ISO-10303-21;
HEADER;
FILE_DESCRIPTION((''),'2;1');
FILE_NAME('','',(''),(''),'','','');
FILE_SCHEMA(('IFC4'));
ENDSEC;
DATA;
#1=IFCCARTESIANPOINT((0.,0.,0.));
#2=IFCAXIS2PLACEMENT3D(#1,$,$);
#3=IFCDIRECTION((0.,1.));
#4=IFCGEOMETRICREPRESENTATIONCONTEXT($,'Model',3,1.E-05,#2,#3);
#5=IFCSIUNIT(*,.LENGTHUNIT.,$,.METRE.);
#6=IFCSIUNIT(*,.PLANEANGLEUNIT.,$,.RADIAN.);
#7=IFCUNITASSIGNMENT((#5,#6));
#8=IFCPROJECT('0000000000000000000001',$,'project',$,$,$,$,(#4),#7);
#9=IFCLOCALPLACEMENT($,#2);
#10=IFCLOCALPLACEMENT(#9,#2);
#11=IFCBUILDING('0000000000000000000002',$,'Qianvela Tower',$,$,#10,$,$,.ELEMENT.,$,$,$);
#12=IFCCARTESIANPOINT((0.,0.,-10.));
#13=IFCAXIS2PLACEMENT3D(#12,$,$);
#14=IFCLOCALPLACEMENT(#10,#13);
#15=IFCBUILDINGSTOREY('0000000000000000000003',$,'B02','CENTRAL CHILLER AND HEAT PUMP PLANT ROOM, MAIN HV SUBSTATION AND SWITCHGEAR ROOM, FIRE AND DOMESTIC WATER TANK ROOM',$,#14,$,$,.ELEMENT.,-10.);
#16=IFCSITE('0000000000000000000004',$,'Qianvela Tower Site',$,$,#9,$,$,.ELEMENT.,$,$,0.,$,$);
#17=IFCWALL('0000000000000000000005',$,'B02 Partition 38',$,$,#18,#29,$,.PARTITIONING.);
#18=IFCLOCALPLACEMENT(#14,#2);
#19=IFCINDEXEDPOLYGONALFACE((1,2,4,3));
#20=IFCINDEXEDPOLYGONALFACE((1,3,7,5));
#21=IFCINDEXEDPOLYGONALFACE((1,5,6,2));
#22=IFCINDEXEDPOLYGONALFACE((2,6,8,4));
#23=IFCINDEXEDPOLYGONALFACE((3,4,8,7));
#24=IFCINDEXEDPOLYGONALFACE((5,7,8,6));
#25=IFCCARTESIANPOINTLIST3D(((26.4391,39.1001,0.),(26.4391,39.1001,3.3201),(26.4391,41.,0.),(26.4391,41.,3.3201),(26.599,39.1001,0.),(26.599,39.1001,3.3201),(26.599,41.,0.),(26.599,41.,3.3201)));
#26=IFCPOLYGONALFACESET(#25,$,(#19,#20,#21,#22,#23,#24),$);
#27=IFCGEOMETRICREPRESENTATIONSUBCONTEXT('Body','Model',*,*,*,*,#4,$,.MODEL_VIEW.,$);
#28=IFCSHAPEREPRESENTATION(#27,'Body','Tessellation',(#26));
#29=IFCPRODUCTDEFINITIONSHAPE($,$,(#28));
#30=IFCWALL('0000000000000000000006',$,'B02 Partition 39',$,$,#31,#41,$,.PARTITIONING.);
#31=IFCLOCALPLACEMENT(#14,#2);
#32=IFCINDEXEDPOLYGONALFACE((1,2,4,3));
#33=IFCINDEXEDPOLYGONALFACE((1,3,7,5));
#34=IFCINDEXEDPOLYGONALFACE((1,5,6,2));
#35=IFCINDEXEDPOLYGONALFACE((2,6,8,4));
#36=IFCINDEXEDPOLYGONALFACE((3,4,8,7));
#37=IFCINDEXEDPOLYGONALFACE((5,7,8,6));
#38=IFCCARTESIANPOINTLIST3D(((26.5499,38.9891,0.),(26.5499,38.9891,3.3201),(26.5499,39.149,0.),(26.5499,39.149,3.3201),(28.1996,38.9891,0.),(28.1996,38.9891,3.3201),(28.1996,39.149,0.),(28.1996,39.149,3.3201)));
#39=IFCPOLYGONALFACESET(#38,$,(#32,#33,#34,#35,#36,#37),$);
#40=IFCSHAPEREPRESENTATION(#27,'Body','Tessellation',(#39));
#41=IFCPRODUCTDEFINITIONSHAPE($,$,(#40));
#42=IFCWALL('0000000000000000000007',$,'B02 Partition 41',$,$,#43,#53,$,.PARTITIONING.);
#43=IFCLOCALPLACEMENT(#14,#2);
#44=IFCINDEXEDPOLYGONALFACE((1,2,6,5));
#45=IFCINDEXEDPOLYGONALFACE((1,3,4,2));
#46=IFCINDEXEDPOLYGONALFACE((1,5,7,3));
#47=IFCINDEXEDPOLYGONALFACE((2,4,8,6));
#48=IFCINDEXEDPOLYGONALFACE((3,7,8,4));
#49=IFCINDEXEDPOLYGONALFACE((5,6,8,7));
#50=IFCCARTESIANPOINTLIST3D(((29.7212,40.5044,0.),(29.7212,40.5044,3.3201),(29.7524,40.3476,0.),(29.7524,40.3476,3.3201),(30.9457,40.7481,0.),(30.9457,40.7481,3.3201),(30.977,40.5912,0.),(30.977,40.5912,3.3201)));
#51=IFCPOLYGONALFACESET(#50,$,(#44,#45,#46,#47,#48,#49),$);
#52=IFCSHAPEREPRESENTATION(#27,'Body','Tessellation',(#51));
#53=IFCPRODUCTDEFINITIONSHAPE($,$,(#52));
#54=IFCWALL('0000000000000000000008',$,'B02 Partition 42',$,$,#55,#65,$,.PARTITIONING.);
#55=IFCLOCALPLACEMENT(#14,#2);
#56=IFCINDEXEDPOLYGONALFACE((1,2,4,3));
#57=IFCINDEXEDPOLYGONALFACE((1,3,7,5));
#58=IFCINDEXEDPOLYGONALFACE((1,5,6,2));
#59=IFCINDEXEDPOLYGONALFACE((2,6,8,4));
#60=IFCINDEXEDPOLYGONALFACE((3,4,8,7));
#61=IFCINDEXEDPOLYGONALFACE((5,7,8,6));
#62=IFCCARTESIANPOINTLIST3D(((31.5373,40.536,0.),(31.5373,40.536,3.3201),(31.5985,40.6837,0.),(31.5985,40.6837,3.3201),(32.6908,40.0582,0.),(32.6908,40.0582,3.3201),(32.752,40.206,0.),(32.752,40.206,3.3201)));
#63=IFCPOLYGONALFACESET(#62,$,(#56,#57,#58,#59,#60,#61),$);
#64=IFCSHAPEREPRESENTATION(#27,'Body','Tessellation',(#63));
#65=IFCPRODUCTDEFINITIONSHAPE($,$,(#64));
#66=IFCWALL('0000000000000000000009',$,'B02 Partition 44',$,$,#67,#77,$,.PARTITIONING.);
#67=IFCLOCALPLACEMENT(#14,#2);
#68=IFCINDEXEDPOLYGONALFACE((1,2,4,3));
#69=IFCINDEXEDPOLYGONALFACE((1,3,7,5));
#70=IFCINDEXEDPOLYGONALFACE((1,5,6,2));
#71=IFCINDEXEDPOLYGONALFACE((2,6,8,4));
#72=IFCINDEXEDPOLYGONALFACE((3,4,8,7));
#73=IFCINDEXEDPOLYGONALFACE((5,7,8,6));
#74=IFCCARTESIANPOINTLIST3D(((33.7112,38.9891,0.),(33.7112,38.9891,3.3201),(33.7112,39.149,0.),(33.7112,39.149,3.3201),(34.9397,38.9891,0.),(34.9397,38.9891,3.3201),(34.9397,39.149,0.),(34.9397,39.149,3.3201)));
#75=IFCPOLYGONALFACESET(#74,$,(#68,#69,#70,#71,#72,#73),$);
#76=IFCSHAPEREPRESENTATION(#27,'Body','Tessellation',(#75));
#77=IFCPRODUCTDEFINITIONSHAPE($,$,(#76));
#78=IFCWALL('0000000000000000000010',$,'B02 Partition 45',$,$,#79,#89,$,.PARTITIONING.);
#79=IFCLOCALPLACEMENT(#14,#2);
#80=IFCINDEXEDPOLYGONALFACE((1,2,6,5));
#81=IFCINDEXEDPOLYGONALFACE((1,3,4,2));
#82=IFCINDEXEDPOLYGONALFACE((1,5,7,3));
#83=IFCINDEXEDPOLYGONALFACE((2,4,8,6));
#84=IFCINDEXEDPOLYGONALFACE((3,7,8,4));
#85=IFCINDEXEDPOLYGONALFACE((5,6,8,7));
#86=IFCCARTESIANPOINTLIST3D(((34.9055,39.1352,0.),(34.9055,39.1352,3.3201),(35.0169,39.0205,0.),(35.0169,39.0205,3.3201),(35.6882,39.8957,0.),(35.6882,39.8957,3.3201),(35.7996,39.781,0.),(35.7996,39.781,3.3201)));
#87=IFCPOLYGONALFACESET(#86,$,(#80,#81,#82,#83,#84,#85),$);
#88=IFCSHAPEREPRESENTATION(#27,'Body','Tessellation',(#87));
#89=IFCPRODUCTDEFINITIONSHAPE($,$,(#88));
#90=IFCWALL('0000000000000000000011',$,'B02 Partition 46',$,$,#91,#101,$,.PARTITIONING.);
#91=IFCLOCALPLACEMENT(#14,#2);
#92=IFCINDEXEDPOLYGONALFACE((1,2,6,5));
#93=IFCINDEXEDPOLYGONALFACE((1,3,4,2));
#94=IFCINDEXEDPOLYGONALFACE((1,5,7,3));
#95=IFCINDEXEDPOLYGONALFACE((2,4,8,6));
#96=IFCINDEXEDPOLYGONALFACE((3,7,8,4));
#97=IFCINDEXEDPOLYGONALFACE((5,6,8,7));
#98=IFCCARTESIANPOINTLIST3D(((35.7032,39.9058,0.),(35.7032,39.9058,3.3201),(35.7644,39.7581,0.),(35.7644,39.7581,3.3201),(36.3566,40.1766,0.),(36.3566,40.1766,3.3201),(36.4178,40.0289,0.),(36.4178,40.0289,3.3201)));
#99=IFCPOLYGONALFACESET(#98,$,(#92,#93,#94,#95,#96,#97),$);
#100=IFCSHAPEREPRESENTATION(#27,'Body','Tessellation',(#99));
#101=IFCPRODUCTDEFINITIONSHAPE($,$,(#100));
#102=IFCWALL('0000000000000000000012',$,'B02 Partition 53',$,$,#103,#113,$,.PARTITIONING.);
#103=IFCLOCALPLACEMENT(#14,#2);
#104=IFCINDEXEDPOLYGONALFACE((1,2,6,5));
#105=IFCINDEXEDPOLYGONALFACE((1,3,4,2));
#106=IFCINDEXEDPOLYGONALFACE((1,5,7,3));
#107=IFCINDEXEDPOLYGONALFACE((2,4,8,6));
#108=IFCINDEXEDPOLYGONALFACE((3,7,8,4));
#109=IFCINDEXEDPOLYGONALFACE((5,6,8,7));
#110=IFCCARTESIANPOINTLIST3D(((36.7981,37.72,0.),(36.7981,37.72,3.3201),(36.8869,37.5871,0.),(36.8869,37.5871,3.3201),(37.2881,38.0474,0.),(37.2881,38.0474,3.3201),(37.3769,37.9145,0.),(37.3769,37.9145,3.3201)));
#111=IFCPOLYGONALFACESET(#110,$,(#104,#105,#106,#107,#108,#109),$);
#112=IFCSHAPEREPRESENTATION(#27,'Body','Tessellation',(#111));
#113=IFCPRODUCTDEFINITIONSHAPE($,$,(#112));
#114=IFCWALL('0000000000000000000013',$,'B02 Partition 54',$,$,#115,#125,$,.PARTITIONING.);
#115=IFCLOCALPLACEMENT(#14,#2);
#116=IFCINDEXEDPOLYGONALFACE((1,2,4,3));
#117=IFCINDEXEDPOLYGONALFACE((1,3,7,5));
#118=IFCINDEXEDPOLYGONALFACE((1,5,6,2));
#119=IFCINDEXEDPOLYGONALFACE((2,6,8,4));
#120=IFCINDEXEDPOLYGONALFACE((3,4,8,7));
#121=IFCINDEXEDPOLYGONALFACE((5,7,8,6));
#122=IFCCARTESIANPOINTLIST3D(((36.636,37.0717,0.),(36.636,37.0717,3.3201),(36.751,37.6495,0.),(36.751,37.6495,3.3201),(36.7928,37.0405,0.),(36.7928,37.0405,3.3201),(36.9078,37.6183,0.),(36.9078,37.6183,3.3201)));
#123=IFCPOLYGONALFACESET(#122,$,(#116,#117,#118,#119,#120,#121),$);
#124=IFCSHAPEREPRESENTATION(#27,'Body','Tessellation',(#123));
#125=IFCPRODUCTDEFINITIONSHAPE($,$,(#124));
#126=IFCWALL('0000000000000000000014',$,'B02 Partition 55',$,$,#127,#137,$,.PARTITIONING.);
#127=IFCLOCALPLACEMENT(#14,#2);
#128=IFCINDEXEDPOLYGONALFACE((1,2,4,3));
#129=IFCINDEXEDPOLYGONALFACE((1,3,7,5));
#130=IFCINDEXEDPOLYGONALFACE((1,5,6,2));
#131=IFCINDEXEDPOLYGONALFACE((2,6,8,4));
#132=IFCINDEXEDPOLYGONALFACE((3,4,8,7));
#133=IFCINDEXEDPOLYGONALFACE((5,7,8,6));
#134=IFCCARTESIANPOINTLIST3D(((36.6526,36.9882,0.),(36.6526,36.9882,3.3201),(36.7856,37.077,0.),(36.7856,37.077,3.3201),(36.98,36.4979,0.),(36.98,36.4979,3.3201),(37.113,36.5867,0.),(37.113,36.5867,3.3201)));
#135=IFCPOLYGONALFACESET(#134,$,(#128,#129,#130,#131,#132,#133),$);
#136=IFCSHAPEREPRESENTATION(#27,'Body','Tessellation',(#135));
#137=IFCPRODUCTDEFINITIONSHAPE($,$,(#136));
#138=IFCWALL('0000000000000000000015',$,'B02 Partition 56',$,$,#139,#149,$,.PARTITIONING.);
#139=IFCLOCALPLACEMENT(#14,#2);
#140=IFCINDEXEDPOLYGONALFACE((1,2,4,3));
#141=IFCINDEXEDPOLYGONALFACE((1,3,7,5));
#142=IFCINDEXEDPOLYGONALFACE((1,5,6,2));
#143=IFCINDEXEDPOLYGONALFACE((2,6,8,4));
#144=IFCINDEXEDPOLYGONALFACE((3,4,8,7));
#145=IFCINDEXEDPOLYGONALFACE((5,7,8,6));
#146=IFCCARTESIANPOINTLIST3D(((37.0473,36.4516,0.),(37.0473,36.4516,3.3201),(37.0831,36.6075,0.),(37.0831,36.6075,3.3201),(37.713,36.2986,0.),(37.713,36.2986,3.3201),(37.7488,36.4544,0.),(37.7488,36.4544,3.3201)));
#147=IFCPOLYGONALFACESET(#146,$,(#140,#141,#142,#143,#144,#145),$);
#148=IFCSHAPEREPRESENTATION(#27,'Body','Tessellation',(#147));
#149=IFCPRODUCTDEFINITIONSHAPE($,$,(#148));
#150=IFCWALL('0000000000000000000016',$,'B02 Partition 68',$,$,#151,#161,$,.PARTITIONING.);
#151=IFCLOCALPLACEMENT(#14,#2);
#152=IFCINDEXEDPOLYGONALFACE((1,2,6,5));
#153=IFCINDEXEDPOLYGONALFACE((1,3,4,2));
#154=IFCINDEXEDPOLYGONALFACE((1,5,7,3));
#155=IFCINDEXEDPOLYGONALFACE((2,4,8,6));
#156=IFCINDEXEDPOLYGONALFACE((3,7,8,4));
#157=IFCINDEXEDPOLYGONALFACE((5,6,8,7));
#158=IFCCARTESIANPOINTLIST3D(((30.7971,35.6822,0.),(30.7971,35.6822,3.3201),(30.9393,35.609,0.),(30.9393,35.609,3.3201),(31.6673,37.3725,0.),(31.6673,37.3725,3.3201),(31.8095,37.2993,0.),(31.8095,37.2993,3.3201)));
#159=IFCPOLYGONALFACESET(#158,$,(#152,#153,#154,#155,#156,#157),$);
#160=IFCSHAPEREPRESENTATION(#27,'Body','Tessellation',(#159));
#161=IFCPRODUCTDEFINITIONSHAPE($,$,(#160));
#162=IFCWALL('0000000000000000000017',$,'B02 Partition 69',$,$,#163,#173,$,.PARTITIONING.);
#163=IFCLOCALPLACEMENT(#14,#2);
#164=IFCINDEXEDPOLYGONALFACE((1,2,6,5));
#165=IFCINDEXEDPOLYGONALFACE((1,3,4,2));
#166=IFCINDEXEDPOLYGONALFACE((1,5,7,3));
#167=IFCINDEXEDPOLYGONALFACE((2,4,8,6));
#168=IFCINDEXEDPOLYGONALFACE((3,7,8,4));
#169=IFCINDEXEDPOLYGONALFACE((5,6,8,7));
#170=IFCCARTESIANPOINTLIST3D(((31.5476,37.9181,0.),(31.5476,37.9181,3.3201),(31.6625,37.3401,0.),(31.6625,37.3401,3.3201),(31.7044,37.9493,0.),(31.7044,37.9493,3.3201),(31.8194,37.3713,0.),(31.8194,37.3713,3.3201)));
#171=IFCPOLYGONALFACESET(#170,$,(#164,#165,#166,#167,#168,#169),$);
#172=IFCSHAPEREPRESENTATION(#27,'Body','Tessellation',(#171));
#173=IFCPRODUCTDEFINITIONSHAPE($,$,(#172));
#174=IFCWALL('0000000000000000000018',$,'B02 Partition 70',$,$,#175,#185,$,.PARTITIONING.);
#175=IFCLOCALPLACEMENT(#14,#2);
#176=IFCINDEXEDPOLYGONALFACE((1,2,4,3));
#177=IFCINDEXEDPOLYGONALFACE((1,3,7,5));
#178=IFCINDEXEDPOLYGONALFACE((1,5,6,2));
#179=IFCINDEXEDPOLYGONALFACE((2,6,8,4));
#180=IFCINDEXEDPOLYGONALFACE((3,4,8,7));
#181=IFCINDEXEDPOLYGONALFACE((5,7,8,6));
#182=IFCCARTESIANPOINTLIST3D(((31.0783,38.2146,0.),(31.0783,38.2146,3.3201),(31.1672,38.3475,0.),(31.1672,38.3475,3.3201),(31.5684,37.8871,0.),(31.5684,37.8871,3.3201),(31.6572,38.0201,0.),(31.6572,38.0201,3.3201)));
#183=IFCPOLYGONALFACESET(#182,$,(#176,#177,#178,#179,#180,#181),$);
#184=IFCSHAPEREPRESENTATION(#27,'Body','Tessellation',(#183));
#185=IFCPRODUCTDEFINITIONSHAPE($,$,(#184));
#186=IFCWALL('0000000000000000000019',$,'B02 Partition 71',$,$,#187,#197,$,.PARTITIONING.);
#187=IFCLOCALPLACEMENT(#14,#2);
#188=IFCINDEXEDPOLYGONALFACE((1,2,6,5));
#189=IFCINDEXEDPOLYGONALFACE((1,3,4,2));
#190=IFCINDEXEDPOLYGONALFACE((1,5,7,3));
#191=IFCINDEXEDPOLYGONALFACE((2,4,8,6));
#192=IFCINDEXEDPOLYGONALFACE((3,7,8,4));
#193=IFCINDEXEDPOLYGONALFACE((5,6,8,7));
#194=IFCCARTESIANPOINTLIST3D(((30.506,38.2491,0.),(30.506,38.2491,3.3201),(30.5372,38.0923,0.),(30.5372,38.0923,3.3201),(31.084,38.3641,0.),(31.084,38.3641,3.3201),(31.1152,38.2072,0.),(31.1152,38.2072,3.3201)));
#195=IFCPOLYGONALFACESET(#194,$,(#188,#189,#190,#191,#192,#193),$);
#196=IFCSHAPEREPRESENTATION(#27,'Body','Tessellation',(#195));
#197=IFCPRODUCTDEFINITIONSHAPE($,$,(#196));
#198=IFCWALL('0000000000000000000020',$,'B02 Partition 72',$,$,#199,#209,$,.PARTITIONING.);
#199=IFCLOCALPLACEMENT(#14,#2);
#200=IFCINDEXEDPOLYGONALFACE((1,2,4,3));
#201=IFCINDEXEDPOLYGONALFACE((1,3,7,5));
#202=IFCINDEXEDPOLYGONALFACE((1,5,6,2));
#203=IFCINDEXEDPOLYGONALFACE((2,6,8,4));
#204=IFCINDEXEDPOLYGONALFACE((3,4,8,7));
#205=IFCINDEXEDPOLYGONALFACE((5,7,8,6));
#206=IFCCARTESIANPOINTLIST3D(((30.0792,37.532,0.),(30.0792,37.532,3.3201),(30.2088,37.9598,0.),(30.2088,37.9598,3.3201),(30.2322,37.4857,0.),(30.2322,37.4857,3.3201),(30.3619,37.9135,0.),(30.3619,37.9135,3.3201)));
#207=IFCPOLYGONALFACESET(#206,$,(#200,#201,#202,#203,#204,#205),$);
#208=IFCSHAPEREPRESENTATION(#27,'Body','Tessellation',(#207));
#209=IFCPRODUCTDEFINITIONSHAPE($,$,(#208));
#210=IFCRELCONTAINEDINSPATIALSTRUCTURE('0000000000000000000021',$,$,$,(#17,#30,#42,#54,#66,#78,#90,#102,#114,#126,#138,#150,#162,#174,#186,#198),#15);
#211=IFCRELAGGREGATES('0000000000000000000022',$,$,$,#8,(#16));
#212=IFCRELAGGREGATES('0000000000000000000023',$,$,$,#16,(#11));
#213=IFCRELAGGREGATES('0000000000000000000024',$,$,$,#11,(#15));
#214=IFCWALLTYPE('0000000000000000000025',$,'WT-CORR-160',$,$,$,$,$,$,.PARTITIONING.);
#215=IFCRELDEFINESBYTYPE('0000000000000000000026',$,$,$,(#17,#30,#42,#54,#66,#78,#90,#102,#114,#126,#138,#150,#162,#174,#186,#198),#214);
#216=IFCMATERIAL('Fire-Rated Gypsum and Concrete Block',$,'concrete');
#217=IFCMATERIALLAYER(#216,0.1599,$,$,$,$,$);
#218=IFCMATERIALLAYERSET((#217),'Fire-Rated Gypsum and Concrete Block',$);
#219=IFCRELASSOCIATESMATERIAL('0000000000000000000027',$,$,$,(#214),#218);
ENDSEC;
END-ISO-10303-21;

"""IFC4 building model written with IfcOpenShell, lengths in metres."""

from ifc_helpers import new_model, si_unit, direction, frame, frame_2d, origin, place, context, subcontext, project, spatial, rectangle, extrude, material, layer, layer_set, type_object, element, save


model = new_model("IFC4")

# Units and contexts
model_context = context("Model", 3, precision=1e-05, world=origin(), true_north=direction((0.0, 1.0)))
body_context = subcontext(model_context, "Body", "Model", "MODEL_VIEW")
ifc_project = project(units=[si_unit("LENGTHUNIT", "METRE"), si_unit("PLANEANGLEUNIT", "RADIAN")], contexts=[model_context])

# Site, building, storey
site_placement = place(None, origin())
site = spatial("IfcSite", under=ifc_project, at=site_placement, Name="Qianvela Tower Site", CompositionType="ELEMENT", RefElevation=0.0)
building_placement = place(site_placement, origin())
building = spatial("IfcBuilding", under=site, at=building_placement, Name="Qianvela Tower", CompositionType="ELEMENT")
storey_placement = place(building_placement, frame((0.0, 0.0, -10.0)))
storey = spatial("IfcBuildingStorey", under=building, at=storey_placement, Name="B02", Description="CENTRAL CHILLER AND HEAT PUMP PLANT ROOM, MAIN HV SUBSTATION AND SWITCHGEAR ROOM, FIRE AND DOMESTIC WATER TANK ROOM", CompositionType="ELEMENT", Elevation=-10.0)

# Walls
ifc_material_1 = material(Name="Fire-Rated Gypsum and Concrete Block", Category="concrete")
ifc_layer_1 = layer(ifc_material_1, 0.1599)
ifc_layer_set_1 = layer_set([ifc_layer_1], Name="Fire-Rated Gypsum and Concrete Block")
wall_type_1 = type_object("IfcWallType", Name="WT-CORR-160", PredefinedType="PARTITIONING", material=ifc_layer_set_1)
wall_1_placement = place(storey_placement, frame((26.519, 41.0, 0.0), z_axis=(0.0, 0.0, 1.0), x_axis=(0.0, -1.0, 0.0)))
element("IfcWall", 1, at=wall_1_placement, inside=storey, type_object=wall_type_1, Name="B02 Partition 38", PredefinedType="PARTITIONING", context=body_context, shape_type="SweptSolid", body=[
    extrude(rectangle(XDim=1.8999, YDim=0.1599, at=frame_2d((0.95, 0.0))), origin(), (0.0, 0.0, 1.0), 3.3201),
])
wall_2_placement = place(storey_placement, frame((26.55, 39.0691, 0.0), z_axis=(0.0, 0.0, 1.0), x_axis=(1.0, 0.0, 0.0)))
element("IfcWall", 2, at=wall_2_placement, inside=storey, type_object=wall_type_1, Name="B02 Partition 39", PredefinedType="PARTITIONING", context=body_context, shape_type="SweptSolid", body=[
    extrude(rectangle(XDim=1.6497, YDim=0.1599, at=frame_2d((0.8247, 0.0))), origin(), (0.0, 0.0, 1.0), 3.3201),
])
for number, where, z_axis, x_axis, name in (
    (3, (29.7368, 40.426, 0.0), (0.0, 0.0, 1.0), (0.980776, 0.195138, 0.0), "B02 Partition 41"),
    (4, (31.5679, 40.6099, 0.0), (0.0, 0.0, 1.0), (0.923891, -0.382657, 0.0), "B02 Partition 42"),
):
    element("IfcWall", number, at=place(storey_placement, frame(where, z_axis=z_axis, x_axis=x_axis)), inside=storey, type_object=wall_type_1, Name=name, PredefinedType="PARTITIONING", context=body_context, shape_type="SweptSolid", body=[
        extrude(rectangle(XDim=1.2485, YDim=0.1599, at=frame_2d((0.6243, 0.0))), origin(), (0.0, 0.0, 1.0), 3.3201),
    ])
wall_3_placement = place(storey_placement, frame((33.7112, 39.0691, 0.0), z_axis=(0.0, 0.0, 1.0), x_axis=(1.0, 0.0, 0.0)))
element("IfcWall", 5, at=wall_3_placement, inside=storey, type_object=wall_type_1, Name="B02 Partition 44", PredefinedType="PARTITIONING", context=body_context, shape_type="SweptSolid", body=[
    extrude(rectangle(XDim=1.2285, YDim=0.1599, at=frame_2d((0.6143, 0.0))), origin(), (0.0, 0.0, 1.0), 3.3201),
])
wall_4_placement = place(storey_placement, frame((34.9612, 39.0779, 0.0), z_axis=(0.0, 0.0, 1.0), x_axis=(0.717212, 0.696855, 0.0)))
element("IfcWall", 6, at=wall_4_placement, inside=storey, type_object=wall_type_1, Name="B02 Partition 45", PredefinedType="PARTITIONING", context=body_context, shape_type="SweptSolid", body=[
    extrude(rectangle(XDim=1.0913, YDim=0.1599, at=frame_2d((0.5457, 0.0))), origin(), (0.0, 0.0, 1.0), 3.3201),
])
wall_5_placement = place(storey_placement, frame((35.7339, 39.832, 0.0), z_axis=(0.0, 0.0, 1.0), x_axis=(0.923811, 0.38285, 0.0)))
element("IfcWall", 7, at=wall_5_placement, inside=storey, type_object=wall_type_1, Name="B02 Partition 46", PredefinedType="PARTITIONING", context=body_context, shape_type="SweptSolid", body=[
    extrude(rectangle(XDim=0.7073, YDim=0.1599, at=frame_2d((0.3535, 0.0))), origin(), (0.0, 0.0, 1.0), 3.3201),
])
wall_6_placement = place(storey_placement, frame((37.3325, 37.981, 0.0), z_axis=(0.0, 0.0, 1.0), x_axis=(-0.831476, -0.55556, 0.0)))
element("IfcWall", 8, at=wall_6_placement, inside=storey, type_object=wall_type_1, Name="B02 Partition 53", PredefinedType="PARTITIONING", context=body_context, shape_type="SweptSolid", body=[
    extrude(rectangle(XDim=0.5894, YDim=0.1599, at=frame_2d((0.2947, 0.0))), origin(), (0.0, 0.0, 1.0), 3.3201),
])
wall_7_placement = place(storey_placement, frame((36.8293, 37.6338, 0.0), z_axis=(0.0, 0.0, 1.0), x_axis=(-0.19516, -0.980771, 0.0)))
element("IfcWall", 9, at=wall_7_placement, inside=storey, type_object=wall_type_1, Name="B02 Partition 54", PredefinedType="PARTITIONING", context=body_context, shape_type="SweptSolid", body=[
    extrude(rectangle(XDim=0.5891, YDim=0.1599, at=frame_2d((0.2944, 0.0))), origin(), (0.0, 0.0, 1.0), 3.3201),
])
wall_8_placement = place(storey_placement, frame((36.719, 37.0327, 0.0), z_axis=(0.0, 0.0, 1.0), x_axis=(0.555369, -0.831604, 0.0)))
element("IfcWall", 10, at=wall_8_placement, inside=storey, type_object=wall_type_1, Name="B02 Partition 55", PredefinedType="PARTITIONING", context=body_context, shape_type="SweptSolid", body=[
    extrude(rectangle(XDim=0.5896, YDim=0.1599, at=frame_2d((0.2949, 0.0))), origin(), (0.0, 0.0, 1.0), 3.3201),
])
wall_9_placement = place(storey_placement, frame((37.0652, 36.5295, 0.0), z_axis=(0.0, 0.0, 1.0), x_axis=(0.974572, -0.224076, 0.0)))
element("IfcWall", 11, at=wall_9_placement, inside=storey, type_object=wall_type_1, Name="B02 Partition 56", PredefinedType="PARTITIONING", context=body_context, shape_type="SweptSolid", body=[
    extrude(rectangle(XDim=0.6831, YDim=0.1599, at=frame_2d((0.3416, 0.0))), origin(), (0.0, 0.0, 1.0), 3.3201),
])
wall_10_placement = place(storey_placement, frame((30.8682, 35.6455, 0.0), z_axis=(0.0, 0.0, 1.0), x_axis=(0.457714, 0.8891, 0.0)))
element("IfcWall", 12, at=wall_10_placement, inside=storey, type_object=wall_type_1, Name="B02 Partition 68", PredefinedType="PARTITIONING", context=body_context, shape_type="SweptSolid", body=[
    extrude(rectangle(XDim=1.9011, YDim=0.1599, at=frame_2d((0.9507, 0.0))), origin(), (0.0, 0.0, 1.0), 3.3201),
])
for number, where, z_axis, x_axis, name in (
    (13, (31.741, 37.3557, 0.0), (0.0, 0.0, 1.0), (-0.195081, 0.980787, 0.0), "B02 Partition 69"),
    (14, (31.6128, 37.9536, 0.0), (0.0, 0.0, 1.0), (-0.831476, 0.55556, 0.0), "B02 Partition 70"),
    (15, (31.0996, 38.2856, 0.0), (0.0, 0.0, 1.0), (-0.980787, -0.195081, 0.0), "B02 Partition 71"),
):
    element("IfcWall", number, at=place(storey_placement, frame(where, z_axis=z_axis, x_axis=x_axis)), inside=storey, type_object=wall_type_1, Name=name, PredefinedType="PARTITIONING", context=body_context, shape_type="SweptSolid", body=[
        extrude(rectangle(XDim=0.5894, YDim=0.1599, at=frame_2d((0.2947, 0.0))), origin(), (0.0, 0.0, 1.0), 3.3201),
    ])
wall_11_placement = place(storey_placement, frame((30.2854, 37.9368, 0.0), z_axis=(0.0, 0.0, 1.0), x_axis=(-0.290053, -0.957011, 0.0)))
element("IfcWall", 16, at=wall_11_placement, inside=storey, type_object=wall_type_1, Name="B02 Partition 72", PredefinedType="PARTITIONING", context=body_context, shape_type="SweptSolid", body=[
    extrude(rectangle(XDim=0.447, YDim=0.1599, at=frame_2d((0.2236, 0.0))), origin(), (0.0, 0.0, 1.0), 3.3201),
])

save(model, "model.ifc")
